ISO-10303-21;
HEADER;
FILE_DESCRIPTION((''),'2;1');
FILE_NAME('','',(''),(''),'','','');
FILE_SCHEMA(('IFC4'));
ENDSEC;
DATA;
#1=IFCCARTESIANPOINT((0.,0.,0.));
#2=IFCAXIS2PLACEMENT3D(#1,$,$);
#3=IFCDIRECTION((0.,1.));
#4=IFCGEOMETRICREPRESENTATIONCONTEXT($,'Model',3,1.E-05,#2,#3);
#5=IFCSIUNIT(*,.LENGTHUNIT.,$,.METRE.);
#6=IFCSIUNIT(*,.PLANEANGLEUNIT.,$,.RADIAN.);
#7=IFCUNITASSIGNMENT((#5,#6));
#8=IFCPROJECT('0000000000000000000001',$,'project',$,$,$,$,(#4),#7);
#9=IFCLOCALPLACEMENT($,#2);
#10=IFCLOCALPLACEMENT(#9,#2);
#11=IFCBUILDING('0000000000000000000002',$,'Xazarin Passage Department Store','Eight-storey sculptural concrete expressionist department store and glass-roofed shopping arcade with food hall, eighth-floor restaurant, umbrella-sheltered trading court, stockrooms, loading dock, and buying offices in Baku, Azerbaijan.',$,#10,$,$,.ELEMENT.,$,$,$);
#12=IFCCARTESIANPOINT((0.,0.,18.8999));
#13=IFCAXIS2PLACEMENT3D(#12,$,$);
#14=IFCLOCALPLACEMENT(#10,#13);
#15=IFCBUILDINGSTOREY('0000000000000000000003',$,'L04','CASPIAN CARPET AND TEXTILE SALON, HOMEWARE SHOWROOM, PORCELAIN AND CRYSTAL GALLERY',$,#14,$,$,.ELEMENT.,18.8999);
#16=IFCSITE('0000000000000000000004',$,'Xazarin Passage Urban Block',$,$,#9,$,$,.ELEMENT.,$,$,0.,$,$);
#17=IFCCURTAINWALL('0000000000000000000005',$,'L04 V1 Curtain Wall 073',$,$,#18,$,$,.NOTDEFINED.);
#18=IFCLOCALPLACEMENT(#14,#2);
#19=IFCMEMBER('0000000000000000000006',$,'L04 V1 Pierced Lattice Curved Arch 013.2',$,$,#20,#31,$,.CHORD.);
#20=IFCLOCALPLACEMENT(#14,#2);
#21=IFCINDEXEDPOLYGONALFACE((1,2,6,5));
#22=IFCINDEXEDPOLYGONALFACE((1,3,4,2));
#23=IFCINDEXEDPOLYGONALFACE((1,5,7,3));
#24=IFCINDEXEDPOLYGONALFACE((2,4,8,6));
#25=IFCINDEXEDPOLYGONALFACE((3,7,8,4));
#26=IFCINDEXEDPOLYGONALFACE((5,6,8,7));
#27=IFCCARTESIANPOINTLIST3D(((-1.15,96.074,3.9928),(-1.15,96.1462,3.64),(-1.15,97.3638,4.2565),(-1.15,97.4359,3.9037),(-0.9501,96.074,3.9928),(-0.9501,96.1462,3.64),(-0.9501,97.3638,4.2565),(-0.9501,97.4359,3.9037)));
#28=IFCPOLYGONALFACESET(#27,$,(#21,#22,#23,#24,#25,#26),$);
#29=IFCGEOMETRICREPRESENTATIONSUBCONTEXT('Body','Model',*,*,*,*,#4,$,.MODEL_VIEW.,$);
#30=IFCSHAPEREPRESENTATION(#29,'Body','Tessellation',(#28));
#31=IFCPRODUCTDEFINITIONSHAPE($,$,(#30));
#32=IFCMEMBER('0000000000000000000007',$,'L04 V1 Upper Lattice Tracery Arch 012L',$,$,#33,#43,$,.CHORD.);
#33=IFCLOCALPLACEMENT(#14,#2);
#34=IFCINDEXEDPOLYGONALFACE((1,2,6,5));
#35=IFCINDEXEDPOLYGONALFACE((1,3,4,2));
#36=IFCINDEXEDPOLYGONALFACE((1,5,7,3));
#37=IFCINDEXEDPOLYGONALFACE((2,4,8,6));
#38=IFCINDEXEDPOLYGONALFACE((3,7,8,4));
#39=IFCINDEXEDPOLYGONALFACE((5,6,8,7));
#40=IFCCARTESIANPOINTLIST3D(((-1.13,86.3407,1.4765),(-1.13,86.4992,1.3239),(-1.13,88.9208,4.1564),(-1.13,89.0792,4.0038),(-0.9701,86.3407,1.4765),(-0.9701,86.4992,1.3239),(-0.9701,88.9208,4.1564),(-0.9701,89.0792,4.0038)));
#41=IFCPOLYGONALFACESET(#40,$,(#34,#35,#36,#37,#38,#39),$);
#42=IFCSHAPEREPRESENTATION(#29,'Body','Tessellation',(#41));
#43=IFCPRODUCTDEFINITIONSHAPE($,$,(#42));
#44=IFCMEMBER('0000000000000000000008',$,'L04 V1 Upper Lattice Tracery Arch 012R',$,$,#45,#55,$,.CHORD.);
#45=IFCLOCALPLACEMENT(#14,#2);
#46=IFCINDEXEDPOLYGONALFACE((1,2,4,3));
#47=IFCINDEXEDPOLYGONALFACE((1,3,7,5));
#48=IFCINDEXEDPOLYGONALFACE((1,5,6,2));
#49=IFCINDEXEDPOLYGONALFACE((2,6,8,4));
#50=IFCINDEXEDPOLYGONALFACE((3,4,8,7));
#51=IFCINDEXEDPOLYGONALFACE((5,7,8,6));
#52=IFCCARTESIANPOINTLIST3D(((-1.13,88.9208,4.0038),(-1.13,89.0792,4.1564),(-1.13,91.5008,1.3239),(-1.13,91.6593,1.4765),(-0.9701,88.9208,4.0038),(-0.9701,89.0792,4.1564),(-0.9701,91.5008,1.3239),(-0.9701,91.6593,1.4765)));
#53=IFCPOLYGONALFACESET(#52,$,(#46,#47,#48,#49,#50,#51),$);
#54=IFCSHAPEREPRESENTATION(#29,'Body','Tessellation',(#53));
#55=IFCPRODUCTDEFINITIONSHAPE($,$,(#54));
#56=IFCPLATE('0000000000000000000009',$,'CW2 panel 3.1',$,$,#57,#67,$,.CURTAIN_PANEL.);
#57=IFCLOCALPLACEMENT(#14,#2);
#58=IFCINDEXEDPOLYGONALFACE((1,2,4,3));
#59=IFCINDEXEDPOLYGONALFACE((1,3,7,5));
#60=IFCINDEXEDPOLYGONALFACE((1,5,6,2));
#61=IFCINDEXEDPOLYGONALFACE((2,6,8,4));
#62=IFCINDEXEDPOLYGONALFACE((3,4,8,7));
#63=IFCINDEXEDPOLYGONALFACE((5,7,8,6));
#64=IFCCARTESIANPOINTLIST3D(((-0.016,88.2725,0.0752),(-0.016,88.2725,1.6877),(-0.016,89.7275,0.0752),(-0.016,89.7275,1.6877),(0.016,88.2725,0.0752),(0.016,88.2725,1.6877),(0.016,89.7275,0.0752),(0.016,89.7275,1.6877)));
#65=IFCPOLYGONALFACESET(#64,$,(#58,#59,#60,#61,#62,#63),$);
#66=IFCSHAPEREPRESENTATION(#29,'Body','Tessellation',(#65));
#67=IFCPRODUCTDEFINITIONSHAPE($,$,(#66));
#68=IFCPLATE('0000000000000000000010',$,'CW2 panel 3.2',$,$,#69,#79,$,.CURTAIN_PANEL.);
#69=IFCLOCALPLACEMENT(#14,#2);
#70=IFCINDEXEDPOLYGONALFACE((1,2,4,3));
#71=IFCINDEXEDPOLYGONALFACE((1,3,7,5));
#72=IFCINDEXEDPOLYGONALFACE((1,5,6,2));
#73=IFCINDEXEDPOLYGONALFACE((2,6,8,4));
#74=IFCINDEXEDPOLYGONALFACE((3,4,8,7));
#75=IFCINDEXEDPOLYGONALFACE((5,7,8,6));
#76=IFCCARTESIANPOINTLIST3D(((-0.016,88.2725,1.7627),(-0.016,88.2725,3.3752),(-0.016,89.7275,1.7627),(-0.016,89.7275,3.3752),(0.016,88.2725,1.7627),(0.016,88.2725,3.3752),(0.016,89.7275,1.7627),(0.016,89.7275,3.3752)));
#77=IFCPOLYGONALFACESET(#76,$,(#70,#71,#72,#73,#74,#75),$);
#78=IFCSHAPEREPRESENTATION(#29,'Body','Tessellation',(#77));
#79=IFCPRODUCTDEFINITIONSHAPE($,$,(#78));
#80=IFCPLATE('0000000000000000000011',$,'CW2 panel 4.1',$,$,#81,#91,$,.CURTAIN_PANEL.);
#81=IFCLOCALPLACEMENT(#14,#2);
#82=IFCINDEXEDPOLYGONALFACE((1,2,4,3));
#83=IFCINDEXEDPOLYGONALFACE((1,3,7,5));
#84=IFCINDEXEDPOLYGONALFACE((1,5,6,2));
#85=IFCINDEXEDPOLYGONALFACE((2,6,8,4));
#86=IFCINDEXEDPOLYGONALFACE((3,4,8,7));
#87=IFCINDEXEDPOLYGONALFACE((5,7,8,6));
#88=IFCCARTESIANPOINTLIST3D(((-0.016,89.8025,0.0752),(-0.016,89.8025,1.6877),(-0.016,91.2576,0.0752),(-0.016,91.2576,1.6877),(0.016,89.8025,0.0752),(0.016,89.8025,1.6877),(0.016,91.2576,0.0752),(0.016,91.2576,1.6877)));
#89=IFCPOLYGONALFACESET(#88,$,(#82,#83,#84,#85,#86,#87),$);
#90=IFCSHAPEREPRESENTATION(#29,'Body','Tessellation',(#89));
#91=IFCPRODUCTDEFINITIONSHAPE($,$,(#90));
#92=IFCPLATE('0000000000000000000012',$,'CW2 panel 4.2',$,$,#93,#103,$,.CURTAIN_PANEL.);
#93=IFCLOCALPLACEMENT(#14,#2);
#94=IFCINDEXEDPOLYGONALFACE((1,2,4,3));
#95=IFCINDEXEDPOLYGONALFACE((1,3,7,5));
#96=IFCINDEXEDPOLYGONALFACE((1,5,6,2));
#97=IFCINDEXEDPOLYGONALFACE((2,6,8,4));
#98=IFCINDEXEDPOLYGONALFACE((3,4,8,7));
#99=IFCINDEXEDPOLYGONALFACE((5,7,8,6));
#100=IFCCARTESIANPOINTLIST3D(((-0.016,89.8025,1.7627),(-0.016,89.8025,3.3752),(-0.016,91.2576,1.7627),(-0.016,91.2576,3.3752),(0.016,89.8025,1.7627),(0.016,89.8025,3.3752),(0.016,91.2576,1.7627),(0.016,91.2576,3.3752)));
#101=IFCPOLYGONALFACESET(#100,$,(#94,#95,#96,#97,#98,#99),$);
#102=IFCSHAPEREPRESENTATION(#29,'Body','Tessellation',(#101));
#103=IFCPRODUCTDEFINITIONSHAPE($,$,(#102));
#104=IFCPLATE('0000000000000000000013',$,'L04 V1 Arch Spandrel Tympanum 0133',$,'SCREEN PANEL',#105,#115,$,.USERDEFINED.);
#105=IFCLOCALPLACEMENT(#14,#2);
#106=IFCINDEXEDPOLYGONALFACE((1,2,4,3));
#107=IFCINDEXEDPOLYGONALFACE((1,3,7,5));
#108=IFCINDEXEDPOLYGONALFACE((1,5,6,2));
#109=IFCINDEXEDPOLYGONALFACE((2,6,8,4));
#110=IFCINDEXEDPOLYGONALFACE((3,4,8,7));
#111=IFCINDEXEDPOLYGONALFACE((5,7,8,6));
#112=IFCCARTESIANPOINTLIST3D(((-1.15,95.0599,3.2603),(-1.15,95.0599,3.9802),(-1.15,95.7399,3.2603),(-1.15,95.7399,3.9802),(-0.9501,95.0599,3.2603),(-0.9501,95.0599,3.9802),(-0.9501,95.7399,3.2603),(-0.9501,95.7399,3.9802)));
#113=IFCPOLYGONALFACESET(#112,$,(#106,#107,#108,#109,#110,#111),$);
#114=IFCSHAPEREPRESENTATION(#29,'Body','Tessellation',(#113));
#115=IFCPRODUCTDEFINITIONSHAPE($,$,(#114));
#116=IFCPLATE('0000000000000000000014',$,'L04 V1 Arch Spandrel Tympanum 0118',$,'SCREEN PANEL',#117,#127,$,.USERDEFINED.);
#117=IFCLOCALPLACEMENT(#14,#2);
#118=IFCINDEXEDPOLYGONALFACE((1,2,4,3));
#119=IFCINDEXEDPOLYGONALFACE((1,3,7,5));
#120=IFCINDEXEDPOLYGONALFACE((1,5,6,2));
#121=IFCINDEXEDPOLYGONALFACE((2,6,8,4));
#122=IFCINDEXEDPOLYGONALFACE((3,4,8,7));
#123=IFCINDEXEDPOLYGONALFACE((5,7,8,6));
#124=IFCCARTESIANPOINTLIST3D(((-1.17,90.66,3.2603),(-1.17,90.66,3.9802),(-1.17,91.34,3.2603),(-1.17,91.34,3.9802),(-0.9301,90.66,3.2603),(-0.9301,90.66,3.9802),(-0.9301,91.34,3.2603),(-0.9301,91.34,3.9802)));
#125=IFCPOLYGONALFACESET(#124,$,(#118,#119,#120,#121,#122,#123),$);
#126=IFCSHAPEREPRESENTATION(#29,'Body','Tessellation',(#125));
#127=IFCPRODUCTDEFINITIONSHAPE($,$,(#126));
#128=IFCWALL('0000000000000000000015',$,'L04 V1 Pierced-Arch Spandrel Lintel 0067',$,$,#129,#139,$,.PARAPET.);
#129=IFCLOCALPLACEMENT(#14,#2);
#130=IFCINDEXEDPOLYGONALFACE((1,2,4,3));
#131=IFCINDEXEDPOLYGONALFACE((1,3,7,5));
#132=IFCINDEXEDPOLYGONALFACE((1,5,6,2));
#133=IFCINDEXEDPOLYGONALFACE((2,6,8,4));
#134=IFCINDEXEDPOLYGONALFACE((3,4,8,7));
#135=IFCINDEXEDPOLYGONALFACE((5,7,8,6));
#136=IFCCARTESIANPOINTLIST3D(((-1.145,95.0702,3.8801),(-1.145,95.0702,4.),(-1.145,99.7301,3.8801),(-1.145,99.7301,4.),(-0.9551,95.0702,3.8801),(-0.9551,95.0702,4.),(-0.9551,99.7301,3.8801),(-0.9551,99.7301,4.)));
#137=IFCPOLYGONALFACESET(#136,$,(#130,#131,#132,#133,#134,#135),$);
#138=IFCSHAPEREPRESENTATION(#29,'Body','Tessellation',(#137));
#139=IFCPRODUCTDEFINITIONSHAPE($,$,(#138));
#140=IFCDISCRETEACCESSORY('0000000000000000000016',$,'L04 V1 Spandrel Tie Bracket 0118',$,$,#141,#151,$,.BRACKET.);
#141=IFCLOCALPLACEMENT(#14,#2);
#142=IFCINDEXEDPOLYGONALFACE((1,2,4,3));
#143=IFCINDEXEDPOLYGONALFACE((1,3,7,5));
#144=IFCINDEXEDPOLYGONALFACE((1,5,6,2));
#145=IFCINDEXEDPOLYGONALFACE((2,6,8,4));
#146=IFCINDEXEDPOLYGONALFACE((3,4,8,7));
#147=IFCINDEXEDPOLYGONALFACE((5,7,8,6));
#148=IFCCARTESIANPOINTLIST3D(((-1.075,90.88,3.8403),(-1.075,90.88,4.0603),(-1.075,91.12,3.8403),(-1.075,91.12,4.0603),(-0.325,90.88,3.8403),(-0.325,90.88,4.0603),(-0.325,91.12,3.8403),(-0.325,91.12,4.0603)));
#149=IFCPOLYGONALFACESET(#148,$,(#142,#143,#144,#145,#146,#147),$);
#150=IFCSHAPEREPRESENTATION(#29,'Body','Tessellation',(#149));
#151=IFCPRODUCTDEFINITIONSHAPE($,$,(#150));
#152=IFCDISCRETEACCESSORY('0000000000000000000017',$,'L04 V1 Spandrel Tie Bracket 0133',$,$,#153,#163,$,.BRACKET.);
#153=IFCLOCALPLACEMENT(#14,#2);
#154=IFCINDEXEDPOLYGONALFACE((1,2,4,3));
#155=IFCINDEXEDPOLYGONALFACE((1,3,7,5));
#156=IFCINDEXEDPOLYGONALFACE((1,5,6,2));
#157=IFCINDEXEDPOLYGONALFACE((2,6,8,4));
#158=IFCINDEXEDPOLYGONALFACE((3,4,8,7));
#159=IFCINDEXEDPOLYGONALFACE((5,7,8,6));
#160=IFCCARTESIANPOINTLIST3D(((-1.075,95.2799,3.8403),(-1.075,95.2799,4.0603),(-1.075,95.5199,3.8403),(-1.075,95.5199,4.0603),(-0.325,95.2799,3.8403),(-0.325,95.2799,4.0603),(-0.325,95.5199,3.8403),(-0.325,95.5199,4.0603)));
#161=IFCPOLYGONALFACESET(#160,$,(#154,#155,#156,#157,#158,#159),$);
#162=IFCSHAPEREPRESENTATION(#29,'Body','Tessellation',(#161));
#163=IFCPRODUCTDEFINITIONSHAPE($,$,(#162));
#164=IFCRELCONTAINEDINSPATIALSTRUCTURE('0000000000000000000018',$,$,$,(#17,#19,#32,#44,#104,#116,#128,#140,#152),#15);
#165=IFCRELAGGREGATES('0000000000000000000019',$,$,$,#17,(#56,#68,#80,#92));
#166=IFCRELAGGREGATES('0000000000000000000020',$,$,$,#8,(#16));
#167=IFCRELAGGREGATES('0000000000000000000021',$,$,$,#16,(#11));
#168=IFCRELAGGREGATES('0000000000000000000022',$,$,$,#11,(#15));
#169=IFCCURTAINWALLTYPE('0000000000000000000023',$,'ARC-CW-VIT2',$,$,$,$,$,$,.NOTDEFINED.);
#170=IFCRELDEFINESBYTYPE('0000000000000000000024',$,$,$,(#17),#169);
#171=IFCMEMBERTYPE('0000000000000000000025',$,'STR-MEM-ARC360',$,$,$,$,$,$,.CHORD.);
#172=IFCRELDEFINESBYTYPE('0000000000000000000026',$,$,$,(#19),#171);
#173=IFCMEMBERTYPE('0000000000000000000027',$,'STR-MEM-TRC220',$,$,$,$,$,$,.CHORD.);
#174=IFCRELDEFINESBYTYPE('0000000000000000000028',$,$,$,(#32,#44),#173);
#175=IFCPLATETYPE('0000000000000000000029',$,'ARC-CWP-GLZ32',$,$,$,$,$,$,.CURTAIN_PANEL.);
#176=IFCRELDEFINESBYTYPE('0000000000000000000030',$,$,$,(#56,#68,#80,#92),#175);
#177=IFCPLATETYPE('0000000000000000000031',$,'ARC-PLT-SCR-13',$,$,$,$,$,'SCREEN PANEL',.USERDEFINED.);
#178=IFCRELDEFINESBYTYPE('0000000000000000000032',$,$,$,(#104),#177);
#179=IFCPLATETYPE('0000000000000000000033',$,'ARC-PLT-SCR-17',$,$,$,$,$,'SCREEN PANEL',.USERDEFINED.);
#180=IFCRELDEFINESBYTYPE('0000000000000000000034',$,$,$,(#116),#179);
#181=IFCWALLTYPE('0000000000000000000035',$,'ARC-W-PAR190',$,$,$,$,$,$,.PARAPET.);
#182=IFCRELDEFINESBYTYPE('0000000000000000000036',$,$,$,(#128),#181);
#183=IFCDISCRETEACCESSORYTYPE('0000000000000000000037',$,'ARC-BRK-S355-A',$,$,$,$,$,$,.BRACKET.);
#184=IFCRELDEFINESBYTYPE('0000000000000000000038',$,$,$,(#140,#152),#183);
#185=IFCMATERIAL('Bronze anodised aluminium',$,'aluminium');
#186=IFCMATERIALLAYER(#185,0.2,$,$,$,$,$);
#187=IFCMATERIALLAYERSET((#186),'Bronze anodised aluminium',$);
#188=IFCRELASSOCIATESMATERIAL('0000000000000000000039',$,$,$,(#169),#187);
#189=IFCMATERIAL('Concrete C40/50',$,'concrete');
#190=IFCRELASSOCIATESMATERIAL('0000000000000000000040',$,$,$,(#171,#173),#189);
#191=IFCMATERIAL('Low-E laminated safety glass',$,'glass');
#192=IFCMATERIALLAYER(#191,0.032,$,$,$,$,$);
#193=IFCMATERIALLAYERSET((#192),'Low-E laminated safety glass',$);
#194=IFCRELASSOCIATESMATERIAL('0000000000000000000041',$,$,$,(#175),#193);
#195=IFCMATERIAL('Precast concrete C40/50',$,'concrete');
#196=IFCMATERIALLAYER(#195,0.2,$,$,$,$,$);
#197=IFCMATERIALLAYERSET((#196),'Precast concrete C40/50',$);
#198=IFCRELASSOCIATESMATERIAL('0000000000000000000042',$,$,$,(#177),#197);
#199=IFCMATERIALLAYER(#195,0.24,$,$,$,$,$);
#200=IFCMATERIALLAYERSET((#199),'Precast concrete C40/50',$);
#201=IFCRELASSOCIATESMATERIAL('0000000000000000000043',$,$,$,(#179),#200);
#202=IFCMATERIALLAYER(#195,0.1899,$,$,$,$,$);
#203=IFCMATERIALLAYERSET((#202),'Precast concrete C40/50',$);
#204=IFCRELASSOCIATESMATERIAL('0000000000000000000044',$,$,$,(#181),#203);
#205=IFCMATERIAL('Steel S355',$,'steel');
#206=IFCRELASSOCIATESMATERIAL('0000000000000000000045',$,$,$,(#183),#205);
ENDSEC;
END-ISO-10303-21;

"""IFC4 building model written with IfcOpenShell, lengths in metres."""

from ifc_helpers import new_model, si_unit, direction, frame, frame_2d, origin, origin_2d, place, context, subcontext, project, spatial, rectangle, extrude, material, layer, layer_set, material_profile, profile_set, type_object, element, aggregate, save


model = new_model("IFC4")

# Units and contexts
model_context = context("Model", 3, precision=1e-05, world=origin(), true_north=direction((0.0, 1.0)))
body_context = subcontext(model_context, "Body", "Model", "MODEL_VIEW")
ifc_project = project(units=[si_unit("LENGTHUNIT", "METRE"), si_unit("PLANEANGLEUNIT", "RADIAN")], contexts=[model_context])

# Site, building, storey
site_placement = place(None, origin())
site = spatial("IfcSite", under=ifc_project, at=site_placement, Name="Xazarin Passage Urban Block", CompositionType="ELEMENT", RefElevation=0.0)
building_placement = place(site_placement, origin())
building = spatial("IfcBuilding", under=site, at=building_placement, Name="Xazarin Passage Department Store", Description="Eight-storey sculptural concrete expressionist department store and glass-roofed shopping arcade with food hall, eighth-floor restaurant, umbrella-sheltered trading court, stockrooms, loading dock, and buying offices in Baku, Azerbaijan.", CompositionType="ELEMENT")
storey_placement = place(building_placement, frame((0.0, 0.0, 18.8999)))
storey = spatial("IfcBuildingStorey", under=building, at=storey_placement, Name="L04", Description="CASPIAN CARPET AND TEXTILE SALON, HOMEWARE SHOWROOM, PORCELAIN AND CRYSTAL GALLERY", CompositionType="ELEMENT", Elevation=18.8999)

# Shared definitions
ifc_material_1 = material(Name="Concrete C40/50", Category="concrete")

# Curtain wall
ifc_material_2 = material(Name="Bronze anodised aluminium", Category="aluminium")
ifc_layer_1 = layer(ifc_material_2, 0.2)
ifc_layer_set_1 = layer_set([ifc_layer_1], Name="Bronze anodised aluminium")
curtain_wall_type = type_object("IfcCurtainWallType", Name="ARC-CW-VIT2", PredefinedType="NOTDEFINED", material=ifc_layer_set_1)
curtain_wall_placement = place(storey_placement, origin())
curtain_wall = element("IfcCurtainWall", 1, at=curtain_wall_placement, inside=storey, type_object=curtain_wall_type, Name="L04 V1 Curtain Wall 073", PredefinedType="NOTDEFINED")

# Members
ifc_material_profile_1 = material_profile(ifc_material_1, rectangle(XDim=0.2, YDim=0.3601, at=origin_2d()), Name="RC 200x360")
ifc_profile_set_1 = profile_set([ifc_material_profile_1], Name="Concrete C40/50")
member_type_1 = type_object("IfcMemberType", Name="STR-MEM-ARC360", PredefinedType="CHORD", material=ifc_profile_set_1)
member_1_placement = place(storey_placement, frame((-1.05, 96.1101, 3.8164), z_axis=(0.0, 0.979737, 0.200287), x_axis=(-1.0, 0.0, 0.0)))
element("IfcMember", 2, at=member_1_placement, inside=storey, type_object=member_type_1, Name="L04 V1 Pierced Lattice Curved Arch 013.2", PredefinedType="CHORD", context=body_context, shape_type="SweptSolid", body=[
    extrude(rectangle(XDim=0.2, YDim=0.3601, at=origin_2d()), origin(), (0.0, 0.0, 1.0), 1.3164),
])
ifc_material_profile_2 = material_profile(ifc_material_1, rectangle(XDim=0.1599, YDim=0.22, at=origin_2d()), Name="RC 160x220")
ifc_profile_set_2 = profile_set([ifc_material_profile_2], Name="Concrete C40/50")
member_type_2 = type_object("IfcMemberType", Name="STR-MEM-TRC220", PredefinedType="CHORD", material=ifc_profile_set_2)
for number, where, z_axis, x_axis, name in (
    (3, (-1.05, 89.0, 4.0801), (0.0, -0.693558, -0.7204), (1.0, 0.0, 0.0), "L04 V1 Upper Lattice Tracery Arch 012L"),
    (4, (-1.05, 89.0, 4.0801), (0.0, 0.693558, -0.7204), (-1.0, 0.0, 0.0), "L04 V1 Upper Lattice Tracery Arch 012R"),
):
    element("IfcMember", number, at=place(storey_placement, frame(where, z_axis=z_axis, x_axis=x_axis)), inside=storey, type_object=member_type_2, Name=name, PredefinedType="CHORD", context=body_context, shape_type="SweptSolid", body=[
        extrude(rectangle(XDim=0.1599, YDim=0.22, at=origin_2d()), origin(), (0.0, 0.0, 1.0), 3.72),
    ])

# Plates
ifc_material_3 = material(Name="Low-E laminated safety glass", Category="glass")
ifc_layer_2 = layer(ifc_material_3, 0.032)
ifc_layer_set_2 = layer_set([ifc_layer_2], Name="Low-E laminated safety glass")
plate_type_1 = type_object("IfcPlateType", Name="ARC-CWP-GLZ32", PredefinedType="CURTAIN_PANEL", material=ifc_layer_set_2)
plate_1_placement = place(storey_placement, frame((0.0, 89.0, 0.0752), z_axis=(0.0, 0.0, 1.0), x_axis=(0.0, 1.0, 0.0)))
plate_1 = element("IfcPlate", 5, at=plate_1_placement, type_object=plate_type_1, Name="CW2 panel 3.1", PredefinedType="CURTAIN_PANEL", context=body_context, shape_type="SweptSolid", body=[
    extrude(rectangle(XDim=1.4551, YDim=0.032, at=origin_2d()), origin(), (0.0, 0.0, 1.0), 1.6125),
])
plate_2_placement = place(storey_placement, frame((0.0, 89.0, 1.7627), z_axis=(0.0, 0.0, 1.0), x_axis=(0.0, 1.0, 0.0)))
plate_2 = element("IfcPlate", 6, at=plate_2_placement, type_object=plate_type_1, Name="CW2 panel 3.2", PredefinedType="CURTAIN_PANEL", context=body_context, shape_type="SweptSolid", body=[
    extrude(rectangle(XDim=1.4551, YDim=0.032, at=origin_2d()), origin(), (0.0, 0.0, 1.0), 1.6125),
])
plate_3_placement = place(storey_placement, frame((0.0, 90.53, 0.0752), z_axis=(0.0, 0.0, 1.0), x_axis=(0.0, 1.0, 0.0)))
plate_3 = element("IfcPlate", 7, at=plate_3_placement, type_object=plate_type_1, Name="CW2 panel 4.1", PredefinedType="CURTAIN_PANEL", context=body_context, shape_type="SweptSolid", body=[
    extrude(rectangle(XDim=1.4551, YDim=0.032, at=origin_2d()), origin(), (0.0, 0.0, 1.0), 1.6125),
])
plate_4_placement = place(storey_placement, frame((0.0, 90.53, 1.7627), z_axis=(0.0, 0.0, 1.0), x_axis=(0.0, 1.0, 0.0)))
plate_4 = element("IfcPlate", 8, at=plate_4_placement, type_object=plate_type_1, Name="CW2 panel 4.2", PredefinedType="CURTAIN_PANEL", context=body_context, shape_type="SweptSolid", body=[
    extrude(rectangle(XDim=1.4551, YDim=0.032, at=origin_2d()), origin(), (0.0, 0.0, 1.0), 1.6125),
])
aggregate(curtain_wall, [plate_1, plate_2, plate_3, plate_4])

# Plates
ifc_material_4 = material(Name="Precast concrete C40/50", Category="concrete")
ifc_layer_3 = layer(ifc_material_4, 0.2)
ifc_layer_set_3 = layer_set([ifc_layer_3], Name="Precast concrete C40/50")
plate_type_2 = type_object("IfcPlateType", Name="ARC-PLT-SCR-13", ElementType="SCREEN PANEL", PredefinedType="USERDEFINED", material=ifc_layer_set_3)
plate_5_placement = place(storey_placement, frame((-1.05, 95.3999, 3.2603), z_axis=(0.0, 0.0, 1.0), x_axis=(0.0, 1.0, 0.0)))
element("IfcPlate", 9, at=plate_5_placement, inside=storey, type_object=plate_type_2, Name="L04 V1 Arch Spandrel Tympanum 0133", ObjectType="SCREEN PANEL", PredefinedType="USERDEFINED", context=body_context, shape_type="SweptSolid", body=[
    extrude(rectangle(XDim=0.6799, YDim=0.2, at=origin_2d()), origin(), (0.0, 0.0, 1.0), 0.72),
])
ifc_layer_4 = layer(ifc_material_4, 0.24)
ifc_layer_set_4 = layer_set([ifc_layer_4], Name="Precast concrete C40/50")
plate_type_3 = type_object("IfcPlateType", Name="ARC-PLT-SCR-17", ElementType="SCREEN PANEL", PredefinedType="USERDEFINED", material=ifc_layer_set_4)
plate_6_placement = place(storey_placement, frame((-1.05, 91.0, 3.2603), z_axis=(0.0, 0.0, 1.0), x_axis=(0.0, 1.0, 0.0)))
element("IfcPlate", 10, at=plate_6_placement, inside=storey, type_object=plate_type_3, Name="L04 V1 Arch Spandrel Tympanum 0118", ObjectType="SCREEN PANEL", PredefinedType="USERDEFINED", context=body_context, shape_type="SweptSolid", body=[
    extrude(rectangle(XDim=0.6799, YDim=0.24, at=origin_2d()), origin(), (0.0, 0.0, 1.0), 0.72),
])

# Wall
ifc_layer_5 = layer(ifc_material_4, 0.1899)
ifc_layer_set_5 = layer_set([ifc_layer_5], Name="Precast concrete C40/50")
wall_type = type_object("IfcWallType", Name="ARC-W-PAR190", PredefinedType="PARAPET", material=ifc_layer_set_5)
wall_placement = place(storey_placement, frame((-1.05, 95.0701, 3.8801), z_axis=(0.0, 0.0, 1.0), x_axis=(0.0, 1.0, 0.0)))
element("IfcWall", 11, at=wall_placement, inside=storey, type_object=wall_type, Name="L04 V1 Pierced-Arch Spandrel Lintel 0067", PredefinedType="PARAPET", context=body_context, shape_type="SweptSolid", body=[
    extrude(rectangle(XDim=4.6599, YDim=0.1899, at=frame_2d((2.3301, 0.0))), origin(), (0.0, 0.0, 1.0), 0.1199),
])

# Discrete accessories
ifc_material_5 = material(Name="Steel S355", Category="steel")
discrete_accessory_type = type_object("IfcDiscreteAccessoryType", Name="ARC-BRK-S355-A", PredefinedType="BRACKET", material=ifc_material_5)
for number, where, z_axis, x_axis, name in (
    (12, (-0.7, 91.0, 3.8403), (0.0, 0.0, 1.0), (0.0, 1.0, 0.0), "L04 V1 Spandrel Tie Bracket 0118"),
    (13, (-0.7, 95.3999, 3.8403), (0.0, 0.0, 1.0), (0.0, 1.0, 0.0), "L04 V1 Spandrel Tie Bracket 0133"),
):
    element("IfcDiscreteAccessory", number, at=place(storey_placement, frame(where, z_axis=z_axis, x_axis=x_axis)), inside=storey, type_object=discrete_accessory_type, Name=name, PredefinedType="BRACKET", context=body_context, shape_type="SweptSolid", body=[
        extrude(rectangle(XDim=0.24, YDim=0.75, at=origin_2d()), origin(), (0.0, 0.0, 1.0), 0.22),
    ])

save(model, "model.ifc")
